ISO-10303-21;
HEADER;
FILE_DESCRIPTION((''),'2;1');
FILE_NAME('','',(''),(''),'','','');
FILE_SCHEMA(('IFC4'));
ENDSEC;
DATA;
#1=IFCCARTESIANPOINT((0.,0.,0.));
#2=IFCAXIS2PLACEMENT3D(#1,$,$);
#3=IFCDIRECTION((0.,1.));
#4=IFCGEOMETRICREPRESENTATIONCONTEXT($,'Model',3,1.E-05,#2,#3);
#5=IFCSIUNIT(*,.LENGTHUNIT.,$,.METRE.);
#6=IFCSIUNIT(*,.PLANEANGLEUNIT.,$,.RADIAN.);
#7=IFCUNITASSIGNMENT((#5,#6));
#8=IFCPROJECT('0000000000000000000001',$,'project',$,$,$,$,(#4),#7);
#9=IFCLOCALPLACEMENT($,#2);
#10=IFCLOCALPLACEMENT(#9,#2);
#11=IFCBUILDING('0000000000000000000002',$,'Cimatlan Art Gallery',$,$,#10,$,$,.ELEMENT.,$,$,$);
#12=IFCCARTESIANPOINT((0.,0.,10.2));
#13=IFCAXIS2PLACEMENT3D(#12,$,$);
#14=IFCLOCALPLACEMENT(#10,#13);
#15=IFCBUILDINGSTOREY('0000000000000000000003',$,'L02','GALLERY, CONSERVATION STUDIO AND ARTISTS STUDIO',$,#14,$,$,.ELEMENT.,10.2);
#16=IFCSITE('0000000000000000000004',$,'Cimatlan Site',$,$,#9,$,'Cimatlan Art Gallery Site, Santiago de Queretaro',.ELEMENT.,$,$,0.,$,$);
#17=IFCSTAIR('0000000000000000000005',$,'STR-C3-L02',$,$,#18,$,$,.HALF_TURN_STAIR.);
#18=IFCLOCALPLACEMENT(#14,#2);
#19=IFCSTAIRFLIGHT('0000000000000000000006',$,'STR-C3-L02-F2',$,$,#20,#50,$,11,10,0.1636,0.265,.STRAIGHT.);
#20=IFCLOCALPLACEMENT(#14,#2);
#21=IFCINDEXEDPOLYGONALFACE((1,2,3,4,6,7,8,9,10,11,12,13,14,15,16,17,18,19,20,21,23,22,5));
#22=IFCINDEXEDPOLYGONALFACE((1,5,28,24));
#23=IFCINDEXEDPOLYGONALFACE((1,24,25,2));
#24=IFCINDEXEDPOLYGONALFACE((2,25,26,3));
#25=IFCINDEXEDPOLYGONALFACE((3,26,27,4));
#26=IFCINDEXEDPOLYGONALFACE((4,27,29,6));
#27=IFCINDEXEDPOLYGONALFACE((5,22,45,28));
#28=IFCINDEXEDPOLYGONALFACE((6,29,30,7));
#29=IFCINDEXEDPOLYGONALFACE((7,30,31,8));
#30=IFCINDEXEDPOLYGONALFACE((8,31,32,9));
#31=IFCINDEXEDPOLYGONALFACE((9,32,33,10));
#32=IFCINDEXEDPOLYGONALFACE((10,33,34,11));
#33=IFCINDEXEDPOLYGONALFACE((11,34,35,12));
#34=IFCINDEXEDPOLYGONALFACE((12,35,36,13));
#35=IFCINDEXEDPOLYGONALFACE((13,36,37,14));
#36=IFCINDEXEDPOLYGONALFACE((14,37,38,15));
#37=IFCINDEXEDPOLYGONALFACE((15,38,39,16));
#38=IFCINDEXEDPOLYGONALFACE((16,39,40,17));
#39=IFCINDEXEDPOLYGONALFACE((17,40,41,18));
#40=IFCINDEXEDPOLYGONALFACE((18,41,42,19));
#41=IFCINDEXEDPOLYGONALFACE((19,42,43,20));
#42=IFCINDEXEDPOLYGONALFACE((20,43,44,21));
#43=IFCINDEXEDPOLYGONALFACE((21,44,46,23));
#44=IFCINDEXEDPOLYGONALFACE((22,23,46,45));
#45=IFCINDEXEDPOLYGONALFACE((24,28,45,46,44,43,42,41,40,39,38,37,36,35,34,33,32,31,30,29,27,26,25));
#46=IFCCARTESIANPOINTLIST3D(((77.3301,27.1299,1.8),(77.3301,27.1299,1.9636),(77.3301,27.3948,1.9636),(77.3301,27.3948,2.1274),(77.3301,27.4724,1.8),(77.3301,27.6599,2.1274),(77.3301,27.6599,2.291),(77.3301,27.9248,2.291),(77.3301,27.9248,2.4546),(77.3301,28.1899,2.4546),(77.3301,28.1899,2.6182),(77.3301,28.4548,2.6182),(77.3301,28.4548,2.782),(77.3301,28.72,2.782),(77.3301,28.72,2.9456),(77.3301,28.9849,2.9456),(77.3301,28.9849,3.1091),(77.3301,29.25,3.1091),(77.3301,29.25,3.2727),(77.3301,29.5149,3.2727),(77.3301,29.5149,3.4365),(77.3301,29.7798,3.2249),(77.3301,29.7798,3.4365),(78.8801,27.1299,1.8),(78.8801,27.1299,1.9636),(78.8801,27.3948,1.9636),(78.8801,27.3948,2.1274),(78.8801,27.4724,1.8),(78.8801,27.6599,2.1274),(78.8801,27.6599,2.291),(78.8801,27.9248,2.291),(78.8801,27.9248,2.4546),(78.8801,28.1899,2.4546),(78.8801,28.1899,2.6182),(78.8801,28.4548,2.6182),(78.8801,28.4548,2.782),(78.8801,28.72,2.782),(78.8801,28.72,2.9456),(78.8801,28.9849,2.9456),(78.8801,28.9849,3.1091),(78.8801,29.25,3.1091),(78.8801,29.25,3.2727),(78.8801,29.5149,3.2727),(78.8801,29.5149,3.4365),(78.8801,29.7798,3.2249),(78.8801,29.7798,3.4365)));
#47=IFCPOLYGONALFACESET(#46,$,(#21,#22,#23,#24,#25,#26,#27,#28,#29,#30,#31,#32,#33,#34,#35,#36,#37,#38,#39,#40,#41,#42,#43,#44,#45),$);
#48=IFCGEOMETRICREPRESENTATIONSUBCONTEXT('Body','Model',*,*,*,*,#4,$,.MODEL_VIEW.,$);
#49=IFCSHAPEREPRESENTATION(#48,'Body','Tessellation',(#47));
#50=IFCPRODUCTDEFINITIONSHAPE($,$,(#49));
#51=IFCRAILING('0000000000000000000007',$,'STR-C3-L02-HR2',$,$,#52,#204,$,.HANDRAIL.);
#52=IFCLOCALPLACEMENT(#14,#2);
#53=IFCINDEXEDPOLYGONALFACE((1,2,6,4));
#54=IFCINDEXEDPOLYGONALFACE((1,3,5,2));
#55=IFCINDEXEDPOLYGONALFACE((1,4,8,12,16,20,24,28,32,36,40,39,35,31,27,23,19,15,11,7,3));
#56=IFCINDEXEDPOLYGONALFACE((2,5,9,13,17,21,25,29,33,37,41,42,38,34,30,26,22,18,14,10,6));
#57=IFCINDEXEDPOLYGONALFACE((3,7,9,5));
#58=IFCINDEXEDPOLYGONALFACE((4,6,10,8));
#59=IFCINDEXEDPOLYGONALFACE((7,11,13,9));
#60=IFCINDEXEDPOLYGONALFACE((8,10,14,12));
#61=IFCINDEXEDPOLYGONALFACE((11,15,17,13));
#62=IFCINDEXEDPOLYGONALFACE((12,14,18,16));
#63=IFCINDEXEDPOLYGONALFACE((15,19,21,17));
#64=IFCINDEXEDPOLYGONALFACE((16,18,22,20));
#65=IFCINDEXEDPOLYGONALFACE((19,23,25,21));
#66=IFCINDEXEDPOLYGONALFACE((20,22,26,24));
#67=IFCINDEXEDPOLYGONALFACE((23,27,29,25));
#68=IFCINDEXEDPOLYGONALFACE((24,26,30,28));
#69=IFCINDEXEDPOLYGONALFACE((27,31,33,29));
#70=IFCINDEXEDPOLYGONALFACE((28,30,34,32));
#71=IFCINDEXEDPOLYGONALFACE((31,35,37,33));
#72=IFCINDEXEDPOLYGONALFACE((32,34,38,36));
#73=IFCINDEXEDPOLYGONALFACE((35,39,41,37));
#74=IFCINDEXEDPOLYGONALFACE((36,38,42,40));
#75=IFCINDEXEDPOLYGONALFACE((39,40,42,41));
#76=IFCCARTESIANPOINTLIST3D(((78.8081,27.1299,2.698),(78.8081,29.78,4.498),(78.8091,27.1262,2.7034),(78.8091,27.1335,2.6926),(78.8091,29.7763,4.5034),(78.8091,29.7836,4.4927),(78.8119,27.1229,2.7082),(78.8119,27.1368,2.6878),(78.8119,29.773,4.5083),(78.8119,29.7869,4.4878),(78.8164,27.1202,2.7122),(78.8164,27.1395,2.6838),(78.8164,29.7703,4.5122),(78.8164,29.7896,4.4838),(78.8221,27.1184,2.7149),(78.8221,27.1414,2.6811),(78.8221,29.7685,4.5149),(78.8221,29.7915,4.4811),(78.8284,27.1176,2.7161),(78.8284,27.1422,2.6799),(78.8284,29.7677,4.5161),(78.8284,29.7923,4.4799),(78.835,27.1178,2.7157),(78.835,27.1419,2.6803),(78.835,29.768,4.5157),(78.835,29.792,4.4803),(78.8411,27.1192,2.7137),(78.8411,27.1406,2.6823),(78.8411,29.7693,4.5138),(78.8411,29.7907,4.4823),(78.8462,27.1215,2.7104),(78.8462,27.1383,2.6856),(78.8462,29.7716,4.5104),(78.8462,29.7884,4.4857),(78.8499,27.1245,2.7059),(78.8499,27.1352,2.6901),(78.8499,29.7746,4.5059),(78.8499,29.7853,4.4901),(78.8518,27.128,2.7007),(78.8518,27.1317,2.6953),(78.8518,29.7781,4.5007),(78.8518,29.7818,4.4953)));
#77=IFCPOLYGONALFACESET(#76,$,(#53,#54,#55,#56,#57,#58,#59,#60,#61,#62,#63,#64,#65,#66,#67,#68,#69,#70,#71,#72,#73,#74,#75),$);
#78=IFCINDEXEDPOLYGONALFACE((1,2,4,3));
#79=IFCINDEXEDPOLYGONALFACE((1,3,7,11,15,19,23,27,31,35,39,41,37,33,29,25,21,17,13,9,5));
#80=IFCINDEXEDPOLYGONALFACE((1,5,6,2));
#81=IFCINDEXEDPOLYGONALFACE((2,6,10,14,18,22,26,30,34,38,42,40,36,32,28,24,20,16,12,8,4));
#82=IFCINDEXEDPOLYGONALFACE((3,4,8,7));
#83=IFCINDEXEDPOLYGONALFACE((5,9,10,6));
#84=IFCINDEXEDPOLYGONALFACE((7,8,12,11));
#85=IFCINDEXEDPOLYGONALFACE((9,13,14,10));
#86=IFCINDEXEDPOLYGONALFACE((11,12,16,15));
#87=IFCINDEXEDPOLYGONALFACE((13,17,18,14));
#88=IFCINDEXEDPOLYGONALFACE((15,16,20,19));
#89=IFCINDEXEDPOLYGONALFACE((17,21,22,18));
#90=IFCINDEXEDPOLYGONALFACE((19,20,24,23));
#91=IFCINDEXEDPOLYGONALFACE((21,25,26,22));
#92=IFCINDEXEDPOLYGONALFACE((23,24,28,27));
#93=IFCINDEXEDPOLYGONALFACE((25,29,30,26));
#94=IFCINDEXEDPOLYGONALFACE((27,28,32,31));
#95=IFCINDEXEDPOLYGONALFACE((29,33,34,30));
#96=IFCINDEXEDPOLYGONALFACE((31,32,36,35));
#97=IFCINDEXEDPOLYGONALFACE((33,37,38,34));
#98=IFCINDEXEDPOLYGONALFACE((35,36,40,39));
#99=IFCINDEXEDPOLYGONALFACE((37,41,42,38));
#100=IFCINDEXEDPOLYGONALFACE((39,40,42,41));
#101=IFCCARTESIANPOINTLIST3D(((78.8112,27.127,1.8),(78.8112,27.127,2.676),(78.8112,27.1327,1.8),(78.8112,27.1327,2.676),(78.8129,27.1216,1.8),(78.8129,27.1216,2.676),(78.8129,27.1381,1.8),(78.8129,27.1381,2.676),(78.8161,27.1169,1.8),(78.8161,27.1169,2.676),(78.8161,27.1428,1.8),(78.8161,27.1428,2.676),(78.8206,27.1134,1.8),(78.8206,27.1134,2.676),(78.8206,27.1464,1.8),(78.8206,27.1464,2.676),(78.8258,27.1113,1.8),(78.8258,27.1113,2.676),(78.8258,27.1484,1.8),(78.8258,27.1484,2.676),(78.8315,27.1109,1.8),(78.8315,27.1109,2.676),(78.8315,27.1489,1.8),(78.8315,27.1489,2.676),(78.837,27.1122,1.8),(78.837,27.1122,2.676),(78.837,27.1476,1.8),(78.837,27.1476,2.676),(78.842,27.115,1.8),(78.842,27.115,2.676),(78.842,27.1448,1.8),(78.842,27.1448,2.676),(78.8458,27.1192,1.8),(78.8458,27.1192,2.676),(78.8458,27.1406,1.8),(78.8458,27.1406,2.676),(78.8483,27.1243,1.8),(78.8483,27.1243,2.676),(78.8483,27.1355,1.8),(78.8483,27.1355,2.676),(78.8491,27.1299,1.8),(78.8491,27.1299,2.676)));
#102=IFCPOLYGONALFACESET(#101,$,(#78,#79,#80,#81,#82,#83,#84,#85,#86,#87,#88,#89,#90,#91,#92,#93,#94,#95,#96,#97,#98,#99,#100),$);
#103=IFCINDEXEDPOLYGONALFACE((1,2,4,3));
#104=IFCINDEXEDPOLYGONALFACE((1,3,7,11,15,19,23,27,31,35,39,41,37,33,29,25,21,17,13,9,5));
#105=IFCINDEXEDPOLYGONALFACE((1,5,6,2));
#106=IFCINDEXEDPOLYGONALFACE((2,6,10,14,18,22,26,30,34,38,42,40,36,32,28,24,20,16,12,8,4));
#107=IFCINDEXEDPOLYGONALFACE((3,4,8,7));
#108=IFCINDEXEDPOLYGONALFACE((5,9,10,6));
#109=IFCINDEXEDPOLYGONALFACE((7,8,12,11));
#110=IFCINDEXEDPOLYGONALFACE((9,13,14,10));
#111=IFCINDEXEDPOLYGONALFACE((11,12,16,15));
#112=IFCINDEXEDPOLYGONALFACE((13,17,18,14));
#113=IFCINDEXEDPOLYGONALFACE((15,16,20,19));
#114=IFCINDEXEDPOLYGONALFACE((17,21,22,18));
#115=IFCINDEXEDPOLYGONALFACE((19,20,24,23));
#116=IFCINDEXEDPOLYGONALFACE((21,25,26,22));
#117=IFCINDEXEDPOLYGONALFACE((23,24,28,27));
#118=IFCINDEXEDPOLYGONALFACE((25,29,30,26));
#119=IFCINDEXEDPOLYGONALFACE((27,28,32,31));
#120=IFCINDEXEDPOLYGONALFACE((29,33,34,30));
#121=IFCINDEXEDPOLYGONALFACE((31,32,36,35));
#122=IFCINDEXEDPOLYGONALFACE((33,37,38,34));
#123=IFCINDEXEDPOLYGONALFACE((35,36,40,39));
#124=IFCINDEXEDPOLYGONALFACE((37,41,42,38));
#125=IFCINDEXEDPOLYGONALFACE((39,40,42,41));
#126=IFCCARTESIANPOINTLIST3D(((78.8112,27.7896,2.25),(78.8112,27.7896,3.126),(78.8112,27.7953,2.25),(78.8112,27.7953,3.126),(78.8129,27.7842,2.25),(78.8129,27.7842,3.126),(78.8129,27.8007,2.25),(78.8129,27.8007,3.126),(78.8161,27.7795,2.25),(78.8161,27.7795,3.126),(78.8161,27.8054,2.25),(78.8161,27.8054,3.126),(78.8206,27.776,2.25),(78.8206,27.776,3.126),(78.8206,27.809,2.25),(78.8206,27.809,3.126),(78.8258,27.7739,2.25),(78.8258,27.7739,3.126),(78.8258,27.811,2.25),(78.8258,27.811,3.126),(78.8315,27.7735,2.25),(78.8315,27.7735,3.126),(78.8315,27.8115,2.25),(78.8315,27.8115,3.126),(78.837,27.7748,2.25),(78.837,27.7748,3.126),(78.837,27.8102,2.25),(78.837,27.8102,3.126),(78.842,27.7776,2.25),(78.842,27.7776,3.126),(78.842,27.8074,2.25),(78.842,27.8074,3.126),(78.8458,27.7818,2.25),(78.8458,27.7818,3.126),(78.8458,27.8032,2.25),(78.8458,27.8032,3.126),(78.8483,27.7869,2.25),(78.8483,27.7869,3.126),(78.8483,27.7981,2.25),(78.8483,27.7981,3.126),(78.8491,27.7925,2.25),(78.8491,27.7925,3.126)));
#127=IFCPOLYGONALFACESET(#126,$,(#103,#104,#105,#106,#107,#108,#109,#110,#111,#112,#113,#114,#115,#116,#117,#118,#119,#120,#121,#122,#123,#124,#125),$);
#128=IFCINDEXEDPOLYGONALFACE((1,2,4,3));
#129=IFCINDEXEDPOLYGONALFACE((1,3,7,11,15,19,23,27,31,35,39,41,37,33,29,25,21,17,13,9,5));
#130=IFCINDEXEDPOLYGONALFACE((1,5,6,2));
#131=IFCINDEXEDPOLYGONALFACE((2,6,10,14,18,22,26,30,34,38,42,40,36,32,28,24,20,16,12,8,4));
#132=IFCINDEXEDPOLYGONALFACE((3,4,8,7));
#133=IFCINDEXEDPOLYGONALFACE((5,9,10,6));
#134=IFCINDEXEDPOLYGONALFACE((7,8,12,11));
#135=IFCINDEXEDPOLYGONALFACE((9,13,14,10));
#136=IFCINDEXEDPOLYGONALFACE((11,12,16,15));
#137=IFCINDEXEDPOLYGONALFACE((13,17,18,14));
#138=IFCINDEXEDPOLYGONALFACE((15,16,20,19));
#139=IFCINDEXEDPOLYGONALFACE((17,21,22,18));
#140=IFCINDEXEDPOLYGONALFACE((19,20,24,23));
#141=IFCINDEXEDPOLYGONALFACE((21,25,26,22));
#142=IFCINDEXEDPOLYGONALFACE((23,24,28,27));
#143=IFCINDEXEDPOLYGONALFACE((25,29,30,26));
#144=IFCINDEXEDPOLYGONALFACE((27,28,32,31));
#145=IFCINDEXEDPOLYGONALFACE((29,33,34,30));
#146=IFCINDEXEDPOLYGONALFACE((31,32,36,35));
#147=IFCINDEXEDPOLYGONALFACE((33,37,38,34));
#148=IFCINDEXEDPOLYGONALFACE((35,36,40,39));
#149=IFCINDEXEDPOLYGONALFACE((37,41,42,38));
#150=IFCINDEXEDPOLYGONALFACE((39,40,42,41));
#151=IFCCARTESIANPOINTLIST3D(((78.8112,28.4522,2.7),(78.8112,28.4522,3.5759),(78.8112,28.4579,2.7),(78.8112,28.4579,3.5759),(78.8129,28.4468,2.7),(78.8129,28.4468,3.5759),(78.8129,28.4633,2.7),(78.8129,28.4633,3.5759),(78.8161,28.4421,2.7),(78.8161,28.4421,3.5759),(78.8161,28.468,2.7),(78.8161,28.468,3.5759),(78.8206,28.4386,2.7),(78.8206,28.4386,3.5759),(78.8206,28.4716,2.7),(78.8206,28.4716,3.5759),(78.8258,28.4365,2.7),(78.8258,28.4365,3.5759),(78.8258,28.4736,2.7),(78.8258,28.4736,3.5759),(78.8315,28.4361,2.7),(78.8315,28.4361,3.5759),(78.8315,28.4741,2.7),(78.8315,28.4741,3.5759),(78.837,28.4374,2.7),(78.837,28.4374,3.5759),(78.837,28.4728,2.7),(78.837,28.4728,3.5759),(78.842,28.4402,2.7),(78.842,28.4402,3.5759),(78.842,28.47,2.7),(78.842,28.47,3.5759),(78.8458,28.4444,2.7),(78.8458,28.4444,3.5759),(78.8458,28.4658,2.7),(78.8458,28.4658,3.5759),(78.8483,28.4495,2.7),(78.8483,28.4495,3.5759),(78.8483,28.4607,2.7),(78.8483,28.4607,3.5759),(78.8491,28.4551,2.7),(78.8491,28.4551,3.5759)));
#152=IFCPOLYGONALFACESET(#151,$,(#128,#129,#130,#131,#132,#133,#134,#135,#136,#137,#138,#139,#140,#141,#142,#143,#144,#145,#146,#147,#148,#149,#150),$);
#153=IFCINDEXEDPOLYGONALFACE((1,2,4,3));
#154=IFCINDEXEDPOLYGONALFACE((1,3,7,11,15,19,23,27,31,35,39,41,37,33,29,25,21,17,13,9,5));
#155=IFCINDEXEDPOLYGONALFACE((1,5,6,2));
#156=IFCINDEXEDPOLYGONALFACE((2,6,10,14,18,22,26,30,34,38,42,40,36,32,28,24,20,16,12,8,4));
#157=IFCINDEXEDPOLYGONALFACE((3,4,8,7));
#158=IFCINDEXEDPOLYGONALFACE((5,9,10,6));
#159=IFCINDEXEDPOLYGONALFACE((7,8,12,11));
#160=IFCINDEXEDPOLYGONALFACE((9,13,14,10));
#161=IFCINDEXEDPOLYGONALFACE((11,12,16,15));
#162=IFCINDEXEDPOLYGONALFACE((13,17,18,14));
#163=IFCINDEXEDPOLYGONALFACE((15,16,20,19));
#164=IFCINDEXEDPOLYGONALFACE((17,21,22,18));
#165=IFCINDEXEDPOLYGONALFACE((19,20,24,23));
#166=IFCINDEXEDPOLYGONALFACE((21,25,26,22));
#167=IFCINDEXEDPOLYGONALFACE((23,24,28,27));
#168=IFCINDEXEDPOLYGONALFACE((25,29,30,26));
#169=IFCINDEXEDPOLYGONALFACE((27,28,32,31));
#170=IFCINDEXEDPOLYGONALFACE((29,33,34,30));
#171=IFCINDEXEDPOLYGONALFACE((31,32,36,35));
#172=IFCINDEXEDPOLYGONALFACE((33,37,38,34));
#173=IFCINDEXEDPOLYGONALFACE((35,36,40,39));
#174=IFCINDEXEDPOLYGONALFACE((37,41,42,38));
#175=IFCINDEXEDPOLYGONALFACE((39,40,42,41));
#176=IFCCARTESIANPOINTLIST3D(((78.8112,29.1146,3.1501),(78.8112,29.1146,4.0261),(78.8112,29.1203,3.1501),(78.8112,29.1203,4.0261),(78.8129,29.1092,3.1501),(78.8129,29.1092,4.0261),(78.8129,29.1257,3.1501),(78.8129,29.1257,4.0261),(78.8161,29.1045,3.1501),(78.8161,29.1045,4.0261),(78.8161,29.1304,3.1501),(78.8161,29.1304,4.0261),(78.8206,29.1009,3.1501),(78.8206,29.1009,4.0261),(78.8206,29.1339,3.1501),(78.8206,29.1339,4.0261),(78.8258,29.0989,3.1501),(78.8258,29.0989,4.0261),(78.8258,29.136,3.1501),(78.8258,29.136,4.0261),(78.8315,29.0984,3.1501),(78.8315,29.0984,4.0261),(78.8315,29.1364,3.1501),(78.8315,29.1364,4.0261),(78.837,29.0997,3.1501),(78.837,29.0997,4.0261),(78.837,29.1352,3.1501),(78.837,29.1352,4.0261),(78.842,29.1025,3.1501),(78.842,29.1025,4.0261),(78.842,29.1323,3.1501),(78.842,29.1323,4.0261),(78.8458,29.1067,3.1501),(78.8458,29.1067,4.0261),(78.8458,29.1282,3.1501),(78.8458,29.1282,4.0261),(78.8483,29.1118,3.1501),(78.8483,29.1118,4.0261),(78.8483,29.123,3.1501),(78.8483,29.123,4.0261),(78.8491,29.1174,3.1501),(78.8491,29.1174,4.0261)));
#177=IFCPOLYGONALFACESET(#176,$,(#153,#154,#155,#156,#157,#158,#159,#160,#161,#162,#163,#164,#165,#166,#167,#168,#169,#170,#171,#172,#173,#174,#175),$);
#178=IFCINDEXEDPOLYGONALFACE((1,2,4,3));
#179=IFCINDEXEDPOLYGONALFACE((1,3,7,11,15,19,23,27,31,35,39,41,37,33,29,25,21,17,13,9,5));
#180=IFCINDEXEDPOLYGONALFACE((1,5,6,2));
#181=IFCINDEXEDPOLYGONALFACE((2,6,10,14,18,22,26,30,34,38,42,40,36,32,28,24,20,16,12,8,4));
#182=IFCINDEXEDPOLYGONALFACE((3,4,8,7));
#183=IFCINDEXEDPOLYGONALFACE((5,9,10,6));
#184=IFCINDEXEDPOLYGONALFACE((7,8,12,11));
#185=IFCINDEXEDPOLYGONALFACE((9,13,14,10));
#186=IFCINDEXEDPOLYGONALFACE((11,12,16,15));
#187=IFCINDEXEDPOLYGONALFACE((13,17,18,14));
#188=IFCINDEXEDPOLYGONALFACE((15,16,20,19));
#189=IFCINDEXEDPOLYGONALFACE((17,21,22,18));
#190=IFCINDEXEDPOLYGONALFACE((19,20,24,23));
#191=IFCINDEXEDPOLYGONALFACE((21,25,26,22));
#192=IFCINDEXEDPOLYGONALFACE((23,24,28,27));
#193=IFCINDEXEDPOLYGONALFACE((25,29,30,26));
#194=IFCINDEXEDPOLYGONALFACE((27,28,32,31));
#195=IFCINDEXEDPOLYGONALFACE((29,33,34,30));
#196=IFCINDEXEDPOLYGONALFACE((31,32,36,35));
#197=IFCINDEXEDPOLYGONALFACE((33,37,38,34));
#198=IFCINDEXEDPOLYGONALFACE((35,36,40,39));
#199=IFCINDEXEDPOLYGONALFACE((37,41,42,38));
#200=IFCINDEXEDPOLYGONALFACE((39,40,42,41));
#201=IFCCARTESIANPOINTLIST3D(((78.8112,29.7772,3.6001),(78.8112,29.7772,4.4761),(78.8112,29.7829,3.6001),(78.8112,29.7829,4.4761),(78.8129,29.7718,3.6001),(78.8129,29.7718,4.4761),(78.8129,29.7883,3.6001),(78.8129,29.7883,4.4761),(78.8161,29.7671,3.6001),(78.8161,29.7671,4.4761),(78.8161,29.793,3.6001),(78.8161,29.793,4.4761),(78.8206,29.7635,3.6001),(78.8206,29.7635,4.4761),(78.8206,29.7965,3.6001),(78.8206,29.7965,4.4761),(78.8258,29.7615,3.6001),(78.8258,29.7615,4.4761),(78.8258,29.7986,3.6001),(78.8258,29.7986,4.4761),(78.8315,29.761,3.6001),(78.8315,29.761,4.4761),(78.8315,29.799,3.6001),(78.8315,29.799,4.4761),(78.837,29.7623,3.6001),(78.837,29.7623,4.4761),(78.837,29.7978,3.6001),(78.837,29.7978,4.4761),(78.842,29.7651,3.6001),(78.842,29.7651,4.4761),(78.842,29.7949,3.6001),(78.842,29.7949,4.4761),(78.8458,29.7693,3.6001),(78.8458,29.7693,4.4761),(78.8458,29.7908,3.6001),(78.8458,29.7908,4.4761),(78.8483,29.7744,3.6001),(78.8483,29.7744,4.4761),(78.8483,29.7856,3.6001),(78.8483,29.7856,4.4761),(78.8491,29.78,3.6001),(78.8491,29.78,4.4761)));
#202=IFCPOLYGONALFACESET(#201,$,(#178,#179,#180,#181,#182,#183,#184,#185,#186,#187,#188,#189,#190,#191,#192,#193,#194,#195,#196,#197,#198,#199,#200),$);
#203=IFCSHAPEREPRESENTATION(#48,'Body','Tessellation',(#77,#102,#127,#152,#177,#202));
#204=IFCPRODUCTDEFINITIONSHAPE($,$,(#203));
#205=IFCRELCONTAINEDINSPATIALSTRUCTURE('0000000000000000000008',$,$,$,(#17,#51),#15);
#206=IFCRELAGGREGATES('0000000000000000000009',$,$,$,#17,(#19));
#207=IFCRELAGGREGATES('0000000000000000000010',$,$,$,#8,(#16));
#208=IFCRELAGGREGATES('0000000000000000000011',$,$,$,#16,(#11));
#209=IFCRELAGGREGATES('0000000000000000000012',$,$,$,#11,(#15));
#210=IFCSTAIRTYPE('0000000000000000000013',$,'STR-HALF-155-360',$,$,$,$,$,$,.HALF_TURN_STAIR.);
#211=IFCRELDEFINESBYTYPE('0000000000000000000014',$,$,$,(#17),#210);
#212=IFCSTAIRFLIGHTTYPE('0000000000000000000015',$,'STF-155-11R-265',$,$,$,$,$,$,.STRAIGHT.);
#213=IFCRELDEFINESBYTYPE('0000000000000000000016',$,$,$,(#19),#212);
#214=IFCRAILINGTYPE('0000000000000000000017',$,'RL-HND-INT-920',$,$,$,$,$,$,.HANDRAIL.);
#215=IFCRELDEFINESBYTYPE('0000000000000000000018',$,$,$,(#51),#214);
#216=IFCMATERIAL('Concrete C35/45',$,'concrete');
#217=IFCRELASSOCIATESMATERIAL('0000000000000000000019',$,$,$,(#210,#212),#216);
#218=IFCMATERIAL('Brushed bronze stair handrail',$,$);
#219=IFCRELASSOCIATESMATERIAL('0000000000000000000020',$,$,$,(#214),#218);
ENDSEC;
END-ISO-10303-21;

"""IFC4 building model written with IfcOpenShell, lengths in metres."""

from ifc_helpers import new_model, si_unit, direction, frame, origin, origin_2d, place, context, subcontext, project, spatial, polyline, circle, outline, extrude, material, type_object, element, aggregate, save


model = new_model("IFC4")

# Units and contexts
model_context = context("Model", 3, precision=1e-05, world=origin(), true_north=direction((0.0, 1.0)))
body_context = subcontext(model_context, "Body", "Model", "MODEL_VIEW")
ifc_project = project(units=[si_unit("LENGTHUNIT", "METRE"), si_unit("PLANEANGLEUNIT", "RADIAN")], contexts=[model_context])

# Site, building, storey
site_placement = place(None, origin())
site = spatial("IfcSite", under=ifc_project, at=site_placement, Name="Cimatlan Site", LongName="Cimatlan Art Gallery Site, Santiago de Queretaro", CompositionType="ELEMENT", RefElevation=0.0)
building_placement = place(site_placement, origin())
building = spatial("IfcBuilding", under=site, at=building_placement, Name="Cimatlan Art Gallery", CompositionType="ELEMENT")
storey_placement = place(building_placement, frame((0.0, 0.0, 10.2)))
storey = spatial("IfcBuildingStorey", under=building, at=storey_placement, Name="L02", Description="GALLERY, CONSERVATION STUDIO AND ARTISTS STUDIO", CompositionType="ELEMENT", Elevation=10.2)

# Stair, stair flight
ifc_material_1 = material(Name="Concrete C35/45", Category="concrete")
stair_type = type_object("IfcStairType", Name="STR-HALF-155-360", PredefinedType="HALF_TURN_STAIR", material=ifc_material_1)
stair_placement = place(storey_placement, origin())
stair = element("IfcStair", 1, at=stair_placement, inside=storey, type_object=stair_type, Name="STR-C3-L02", PredefinedType="HALF_TURN_STAIR")
stair_flight_type = type_object("IfcStairFlightType", Name="STF-155-11R-265", PredefinedType="STRAIGHT", material=ifc_material_1)
stair_flight_placement = place(storey_placement, frame((78.105, 27.1299, 1.8), z_axis=(0.0, 0.0, 1.0), x_axis=(0.0, 1.0, 0.0)))
stair_flight = element("IfcStairFlight", 2, at=stair_flight_placement, type_object=stair_flight_type, Name="STR-C3-L02-F2", NumberOfRisers=11, NumberOfTreads=10, PredefinedType="STRAIGHT", RiserHeight=0.1636, TreadLength=0.265, context=body_context, shape_type="SweptSolid", body=[
    extrude(outline(polyline([(0.0, 0.0), (0.0, 0.1636), (0.2649, 0.1636), (0.2649, 0.3274), (0.53, 0.3274), (0.53, 0.491), (0.7949, 0.491), (0.7949, 0.6545), (1.0601, 0.6545), (1.0601, 0.8181), (1.325, 0.8181), (1.325, 0.9819), (1.5901, 0.9819), (1.5901, 1.1455), (1.855, 1.1455), (1.855, 1.3091), (2.1201, 1.3091), (2.1201, 1.4727), (2.385, 1.4727), (2.385, 1.6365), (2.6499, 1.6365), (2.6499, 1.8), (2.6499, 1.4248), (0.3425, 0.0), (0.0, 0.0)])), frame((0.0, 0.7749, 0.0), z_axis=(0.0, -1.0, 0.0), x_axis=(1.0, 0.0, 0.0)), (0.0, 0.0, 1.0), 1.55),
])
aggregate(stair, [stair_flight])

# Railing
ifc_material_2 = material(Name="Brushed bronze stair handrail")
railing_type = type_object("IfcRailingType", Name="RL-HND-INT-920", PredefinedType="HANDRAIL", material=ifc_material_2)
railing_placement = place(storey_placement, frame((78.8301, 27.1299, 1.8)))
element("IfcRailing", 3, at=railing_placement, inside=storey, type_object=railing_type, Name="STR-C3-L02-HR2", PredefinedType="HANDRAIL", context=body_context, shape_type="SweptSolid", body=[
    extrude(circle(Radius=0.022, at=origin_2d()), frame((0.0, 0.0, 0.8979), z_axis=(0.0, 0.827224, 0.561872), x_axis=(-1.0, 0.0, 0.0)), (0.0, 0.0, 1.0), 3.2036),
    extrude(circle(Radius=0.019, at=origin_2d()), origin(), (0.0, 0.0, 1.0), 0.876),
    extrude(circle(Radius=0.019, at=origin_2d()), frame((0.0, 0.6626, 0.45)), (0.0, 0.0, 1.0), 0.876),
    extrude(circle(Radius=0.019, at=origin_2d()), frame((0.0, 1.3252, 0.8999)), (0.0, 0.0, 1.0), 0.876),
    extrude(circle(Radius=0.019, at=origin_2d()), frame((0.0, 1.9875, 1.3501)), (0.0, 0.0, 1.0), 0.876),
    extrude(circle(Radius=0.019, at=origin_2d()), frame((0.0, 2.6501, 1.8)), (0.0, 0.0, 1.0), 0.876),
])

save(model, "model.ifc")
